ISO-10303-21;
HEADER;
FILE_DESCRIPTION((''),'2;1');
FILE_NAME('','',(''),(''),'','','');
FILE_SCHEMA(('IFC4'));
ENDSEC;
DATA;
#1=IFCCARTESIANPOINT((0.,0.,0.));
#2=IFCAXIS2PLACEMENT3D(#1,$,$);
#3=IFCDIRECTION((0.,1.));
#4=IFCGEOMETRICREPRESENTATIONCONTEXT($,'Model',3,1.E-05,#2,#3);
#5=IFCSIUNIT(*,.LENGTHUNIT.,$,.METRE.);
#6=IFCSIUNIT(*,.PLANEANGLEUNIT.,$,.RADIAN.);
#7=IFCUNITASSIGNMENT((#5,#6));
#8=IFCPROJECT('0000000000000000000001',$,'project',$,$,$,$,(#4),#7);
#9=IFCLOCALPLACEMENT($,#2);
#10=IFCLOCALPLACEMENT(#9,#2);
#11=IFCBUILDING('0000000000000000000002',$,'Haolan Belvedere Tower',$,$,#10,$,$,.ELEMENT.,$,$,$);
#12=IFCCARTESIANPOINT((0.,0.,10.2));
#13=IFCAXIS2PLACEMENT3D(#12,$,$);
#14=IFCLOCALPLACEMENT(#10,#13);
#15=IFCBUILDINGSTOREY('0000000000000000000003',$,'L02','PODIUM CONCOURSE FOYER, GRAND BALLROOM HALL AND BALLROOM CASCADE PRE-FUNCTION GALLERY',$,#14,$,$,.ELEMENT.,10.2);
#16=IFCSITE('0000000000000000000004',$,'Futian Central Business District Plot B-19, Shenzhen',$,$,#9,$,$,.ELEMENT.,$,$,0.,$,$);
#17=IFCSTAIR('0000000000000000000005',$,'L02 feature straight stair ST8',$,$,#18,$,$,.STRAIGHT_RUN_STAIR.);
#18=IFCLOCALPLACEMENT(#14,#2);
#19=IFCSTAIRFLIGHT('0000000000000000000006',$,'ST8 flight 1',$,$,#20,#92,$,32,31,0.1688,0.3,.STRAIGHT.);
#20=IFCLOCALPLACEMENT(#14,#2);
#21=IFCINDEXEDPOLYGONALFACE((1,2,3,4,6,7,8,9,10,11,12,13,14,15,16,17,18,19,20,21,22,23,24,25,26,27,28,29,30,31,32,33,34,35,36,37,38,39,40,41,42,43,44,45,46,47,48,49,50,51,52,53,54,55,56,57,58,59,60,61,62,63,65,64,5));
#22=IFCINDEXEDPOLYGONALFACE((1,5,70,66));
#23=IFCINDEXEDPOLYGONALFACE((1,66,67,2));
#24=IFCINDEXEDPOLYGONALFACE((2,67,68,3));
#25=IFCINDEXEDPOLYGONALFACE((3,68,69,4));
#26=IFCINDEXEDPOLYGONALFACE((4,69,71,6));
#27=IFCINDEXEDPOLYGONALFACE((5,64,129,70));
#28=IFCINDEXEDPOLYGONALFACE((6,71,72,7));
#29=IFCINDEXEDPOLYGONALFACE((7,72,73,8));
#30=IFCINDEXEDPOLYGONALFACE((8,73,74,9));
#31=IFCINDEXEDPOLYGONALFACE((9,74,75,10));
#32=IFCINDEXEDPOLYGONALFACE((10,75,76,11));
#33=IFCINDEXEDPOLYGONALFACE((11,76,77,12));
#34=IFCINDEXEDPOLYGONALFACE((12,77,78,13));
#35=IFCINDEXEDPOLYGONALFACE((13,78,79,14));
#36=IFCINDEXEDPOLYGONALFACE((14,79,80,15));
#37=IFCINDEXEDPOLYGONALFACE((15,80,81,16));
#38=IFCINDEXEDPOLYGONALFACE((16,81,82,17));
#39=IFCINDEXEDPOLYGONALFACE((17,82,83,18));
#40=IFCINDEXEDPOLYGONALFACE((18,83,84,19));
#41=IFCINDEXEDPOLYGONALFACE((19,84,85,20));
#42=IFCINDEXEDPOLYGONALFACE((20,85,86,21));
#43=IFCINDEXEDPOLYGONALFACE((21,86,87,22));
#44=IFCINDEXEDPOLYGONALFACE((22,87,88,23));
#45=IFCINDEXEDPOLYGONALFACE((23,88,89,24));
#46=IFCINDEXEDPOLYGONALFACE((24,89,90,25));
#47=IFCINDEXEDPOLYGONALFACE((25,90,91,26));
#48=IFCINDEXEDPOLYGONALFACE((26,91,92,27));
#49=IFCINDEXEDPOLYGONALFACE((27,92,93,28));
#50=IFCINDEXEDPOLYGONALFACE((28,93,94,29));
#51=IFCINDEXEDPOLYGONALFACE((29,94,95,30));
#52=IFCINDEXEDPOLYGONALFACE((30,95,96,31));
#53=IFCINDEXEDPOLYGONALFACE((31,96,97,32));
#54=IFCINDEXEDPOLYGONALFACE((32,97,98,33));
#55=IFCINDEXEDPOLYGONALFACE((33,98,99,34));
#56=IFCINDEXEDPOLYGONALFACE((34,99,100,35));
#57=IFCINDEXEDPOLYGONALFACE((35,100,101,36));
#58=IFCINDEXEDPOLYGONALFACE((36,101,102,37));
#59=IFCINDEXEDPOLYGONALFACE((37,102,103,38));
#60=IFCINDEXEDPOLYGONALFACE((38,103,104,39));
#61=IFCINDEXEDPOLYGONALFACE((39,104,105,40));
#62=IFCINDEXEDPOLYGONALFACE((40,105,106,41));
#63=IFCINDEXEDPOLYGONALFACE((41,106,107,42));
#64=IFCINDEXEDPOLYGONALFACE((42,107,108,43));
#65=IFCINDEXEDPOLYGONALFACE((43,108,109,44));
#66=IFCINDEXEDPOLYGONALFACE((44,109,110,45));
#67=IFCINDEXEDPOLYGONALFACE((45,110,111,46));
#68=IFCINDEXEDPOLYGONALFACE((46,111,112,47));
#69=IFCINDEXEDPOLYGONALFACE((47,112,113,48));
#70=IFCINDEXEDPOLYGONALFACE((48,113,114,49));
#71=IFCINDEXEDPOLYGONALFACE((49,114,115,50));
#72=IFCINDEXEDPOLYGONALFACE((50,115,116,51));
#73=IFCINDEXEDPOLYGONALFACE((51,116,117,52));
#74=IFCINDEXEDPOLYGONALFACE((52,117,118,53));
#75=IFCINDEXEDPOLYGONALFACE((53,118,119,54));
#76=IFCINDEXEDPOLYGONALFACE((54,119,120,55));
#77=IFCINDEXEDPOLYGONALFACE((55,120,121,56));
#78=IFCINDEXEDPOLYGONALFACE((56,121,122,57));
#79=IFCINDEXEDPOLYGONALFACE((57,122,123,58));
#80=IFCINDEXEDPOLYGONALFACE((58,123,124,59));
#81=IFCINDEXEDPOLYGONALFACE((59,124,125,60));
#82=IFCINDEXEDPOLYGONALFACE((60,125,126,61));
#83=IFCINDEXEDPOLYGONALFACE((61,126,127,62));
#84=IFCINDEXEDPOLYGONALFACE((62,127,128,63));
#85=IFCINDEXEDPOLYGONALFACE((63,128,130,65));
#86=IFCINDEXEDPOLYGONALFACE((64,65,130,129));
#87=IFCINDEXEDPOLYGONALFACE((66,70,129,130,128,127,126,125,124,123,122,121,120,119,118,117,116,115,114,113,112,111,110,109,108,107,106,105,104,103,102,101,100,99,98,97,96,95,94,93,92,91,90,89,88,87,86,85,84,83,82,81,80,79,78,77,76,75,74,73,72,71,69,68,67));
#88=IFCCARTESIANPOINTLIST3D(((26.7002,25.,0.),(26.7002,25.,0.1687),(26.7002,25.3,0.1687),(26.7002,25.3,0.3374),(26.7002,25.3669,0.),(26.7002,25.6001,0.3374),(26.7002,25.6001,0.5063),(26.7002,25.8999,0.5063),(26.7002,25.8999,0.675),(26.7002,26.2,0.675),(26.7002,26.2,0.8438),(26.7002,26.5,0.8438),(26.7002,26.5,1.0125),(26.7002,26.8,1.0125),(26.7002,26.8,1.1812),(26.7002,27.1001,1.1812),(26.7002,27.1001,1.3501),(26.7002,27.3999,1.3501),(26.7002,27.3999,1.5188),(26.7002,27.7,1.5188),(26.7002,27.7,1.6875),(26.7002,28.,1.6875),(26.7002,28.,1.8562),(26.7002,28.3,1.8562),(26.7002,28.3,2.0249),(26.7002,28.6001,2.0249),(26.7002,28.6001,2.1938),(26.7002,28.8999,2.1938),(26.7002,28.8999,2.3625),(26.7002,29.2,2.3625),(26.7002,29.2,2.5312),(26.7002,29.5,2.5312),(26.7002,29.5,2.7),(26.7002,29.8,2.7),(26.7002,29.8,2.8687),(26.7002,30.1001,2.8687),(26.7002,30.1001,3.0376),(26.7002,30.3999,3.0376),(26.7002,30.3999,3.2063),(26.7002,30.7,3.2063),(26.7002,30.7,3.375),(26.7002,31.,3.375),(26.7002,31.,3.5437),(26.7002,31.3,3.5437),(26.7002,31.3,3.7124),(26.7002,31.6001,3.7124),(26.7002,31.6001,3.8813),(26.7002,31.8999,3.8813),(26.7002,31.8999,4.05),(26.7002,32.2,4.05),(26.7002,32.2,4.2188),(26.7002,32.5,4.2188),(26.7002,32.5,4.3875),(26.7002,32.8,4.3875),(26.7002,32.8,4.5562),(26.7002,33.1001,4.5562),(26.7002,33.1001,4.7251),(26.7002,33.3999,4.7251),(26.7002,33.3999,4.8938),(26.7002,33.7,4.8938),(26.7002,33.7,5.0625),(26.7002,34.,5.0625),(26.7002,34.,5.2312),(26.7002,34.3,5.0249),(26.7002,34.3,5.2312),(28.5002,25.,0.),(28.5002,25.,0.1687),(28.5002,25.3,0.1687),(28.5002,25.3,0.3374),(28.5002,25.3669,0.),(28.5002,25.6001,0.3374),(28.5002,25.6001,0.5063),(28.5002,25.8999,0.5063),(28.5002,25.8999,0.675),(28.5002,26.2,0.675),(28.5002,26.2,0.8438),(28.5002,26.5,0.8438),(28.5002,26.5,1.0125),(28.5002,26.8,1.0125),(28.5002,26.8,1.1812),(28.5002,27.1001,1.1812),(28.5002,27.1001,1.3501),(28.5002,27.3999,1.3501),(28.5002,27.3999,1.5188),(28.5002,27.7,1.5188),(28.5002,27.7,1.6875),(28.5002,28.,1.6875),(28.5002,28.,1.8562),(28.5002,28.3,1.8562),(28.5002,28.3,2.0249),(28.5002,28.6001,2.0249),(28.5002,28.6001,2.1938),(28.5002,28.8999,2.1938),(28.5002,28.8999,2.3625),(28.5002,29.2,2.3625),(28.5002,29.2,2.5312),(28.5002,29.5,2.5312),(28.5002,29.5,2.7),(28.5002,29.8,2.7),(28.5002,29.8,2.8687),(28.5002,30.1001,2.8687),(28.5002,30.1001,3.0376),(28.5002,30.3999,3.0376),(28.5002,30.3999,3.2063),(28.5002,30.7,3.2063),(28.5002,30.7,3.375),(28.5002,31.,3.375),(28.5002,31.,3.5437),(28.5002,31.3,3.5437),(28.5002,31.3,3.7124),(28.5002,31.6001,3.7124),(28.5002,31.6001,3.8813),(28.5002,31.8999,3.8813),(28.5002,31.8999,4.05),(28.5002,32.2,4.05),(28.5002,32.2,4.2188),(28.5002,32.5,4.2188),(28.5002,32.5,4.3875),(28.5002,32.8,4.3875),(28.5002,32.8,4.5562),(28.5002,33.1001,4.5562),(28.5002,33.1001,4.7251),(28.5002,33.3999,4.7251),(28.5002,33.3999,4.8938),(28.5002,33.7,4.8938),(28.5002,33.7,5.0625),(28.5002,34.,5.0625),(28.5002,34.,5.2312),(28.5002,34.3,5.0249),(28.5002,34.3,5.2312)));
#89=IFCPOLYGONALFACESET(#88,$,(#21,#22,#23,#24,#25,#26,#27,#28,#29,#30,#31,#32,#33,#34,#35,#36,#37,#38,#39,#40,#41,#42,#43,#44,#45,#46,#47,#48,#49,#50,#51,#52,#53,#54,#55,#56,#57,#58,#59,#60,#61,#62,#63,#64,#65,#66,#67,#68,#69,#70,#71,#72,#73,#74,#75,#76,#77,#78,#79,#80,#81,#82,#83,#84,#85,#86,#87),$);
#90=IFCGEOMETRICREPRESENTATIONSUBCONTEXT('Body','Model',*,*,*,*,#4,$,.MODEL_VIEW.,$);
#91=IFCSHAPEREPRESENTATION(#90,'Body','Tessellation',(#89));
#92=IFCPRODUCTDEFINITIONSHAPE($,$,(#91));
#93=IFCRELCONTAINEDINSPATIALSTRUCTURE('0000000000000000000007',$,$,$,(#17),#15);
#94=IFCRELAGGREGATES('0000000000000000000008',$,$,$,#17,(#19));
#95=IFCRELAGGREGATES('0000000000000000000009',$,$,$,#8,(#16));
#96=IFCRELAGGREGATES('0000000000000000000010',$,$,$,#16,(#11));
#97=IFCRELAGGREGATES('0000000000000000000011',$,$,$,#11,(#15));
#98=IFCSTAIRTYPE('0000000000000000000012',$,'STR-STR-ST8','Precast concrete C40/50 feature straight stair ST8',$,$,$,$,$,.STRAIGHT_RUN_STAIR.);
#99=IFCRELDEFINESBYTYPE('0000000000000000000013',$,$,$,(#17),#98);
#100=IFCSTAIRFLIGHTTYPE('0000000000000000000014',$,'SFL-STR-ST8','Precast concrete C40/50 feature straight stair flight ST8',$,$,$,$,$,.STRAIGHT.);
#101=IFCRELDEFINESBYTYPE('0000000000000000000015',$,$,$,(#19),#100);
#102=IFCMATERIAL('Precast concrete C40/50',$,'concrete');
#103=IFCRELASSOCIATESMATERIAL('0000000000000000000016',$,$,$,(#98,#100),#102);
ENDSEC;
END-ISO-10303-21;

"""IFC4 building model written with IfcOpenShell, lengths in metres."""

from ifc_helpers import new_model, si_unit, direction, frame, origin, place, context, subcontext, project, spatial, polyline, outline, extrude, material, type_object, element, aggregate, save


model = new_model("IFC4")

# Units and contexts
model_context = context("Model", 3, precision=1e-05, world=origin(), true_north=direction((0.0, 1.0)))
body_context = subcontext(model_context, "Body", "Model", "MODEL_VIEW")
ifc_project = project(units=[si_unit("LENGTHUNIT", "METRE"), si_unit("PLANEANGLEUNIT", "RADIAN")], contexts=[model_context])

# Site, building, storey
site_placement = place(None, origin())
site = spatial("IfcSite", under=ifc_project, at=site_placement, Name="Futian Central Business District Plot B-19, Shenzhen", CompositionType="ELEMENT", RefElevation=0.0)
building_placement = place(site_placement, origin())
building = spatial("IfcBuilding", under=site, at=building_placement, Name="Haolan Belvedere Tower", CompositionType="ELEMENT")
storey_placement = place(building_placement, frame((0.0, 0.0, 10.2)))
storey = spatial("IfcBuildingStorey", under=building, at=storey_placement, Name="L02", Description="PODIUM CONCOURSE FOYER, GRAND BALLROOM HALL AND BALLROOM CASCADE PRE-FUNCTION GALLERY", CompositionType="ELEMENT", Elevation=10.2)

# Stair, stair flight
ifc_material_1 = material(Name="Precast concrete C40/50", Category="concrete")
stair_type = type_object("IfcStairType", Name="STR-STR-ST8", Description="Precast concrete C40/50 feature straight stair ST8", PredefinedType="STRAIGHT_RUN_STAIR", material=ifc_material_1)
stair_placement = place(storey_placement, origin())
stair = element("IfcStair", 1, at=stair_placement, inside=storey, type_object=stair_type, Name="L02 feature straight stair ST8", PredefinedType="STRAIGHT_RUN_STAIR")
stair_flight_type = type_object("IfcStairFlightType", Name="SFL-STR-ST8", Description="Precast concrete C40/50 feature straight stair flight ST8", PredefinedType="STRAIGHT", material=ifc_material_1)
stair_flight_placement = place(storey_placement, frame((27.6001, 25.0, 0.0), z_axis=(0.0, 0.0, 1.0), x_axis=(0.0, 1.0, 0.0)))
stair_flight = element("IfcStairFlight", 2, at=stair_flight_placement, type_object=stair_flight_type, Name="ST8 flight 1", NumberOfRisers=32, NumberOfTreads=31, PredefinedType="STRAIGHT", RiserHeight=0.1688, TreadLength=0.3, context=body_context, shape_type="SweptSolid", body=[
    extrude(outline(polyline([(0.0, 0.0), (0.0, 0.1687), (0.3, 0.1687), (0.3, 0.3374), (0.6001, 0.3374), (0.6001, 0.5063), (0.8999, 0.5063), (0.8999, 0.675), (1.2, 0.675), (1.2, 0.8438), (1.5, 0.8438), (1.5, 1.0125), (1.8, 1.0125), (1.8, 1.1812), (2.1001, 1.1812), (2.1001, 1.3501), (2.3999, 1.3501), (2.3999, 1.5188), (2.7, 1.5188), (2.7, 1.6875), (3.0, 1.6875), (3.0, 1.8562), (3.3, 1.8562), (3.3, 2.0249), (3.6001, 2.0249), (3.6001, 2.1938), (3.8999, 2.1938), (3.8999, 2.3625), (4.2, 2.3625), (4.2, 2.5312), (4.5, 2.5312), (4.5, 2.7), (4.8, 2.7), (4.8, 2.8687), (5.1001, 2.8687), (5.1001, 3.0376), (5.3999, 3.0376), (5.3999, 3.2063), (5.7, 3.2063), (5.7, 3.375), (6.0, 3.375), (6.0, 3.5437), (6.3, 3.5437), (6.3, 3.7124), (6.6001, 3.7124), (6.6001, 3.8813), (6.8999, 3.8813), (6.8999, 4.05), (7.2, 4.05), (7.2, 4.2188), (7.5, 4.2188), (7.5, 4.3875), (7.8, 4.3875), (7.8, 4.5562), (8.1001, 4.5562), (8.1001, 4.7251), (8.3999, 4.7251), (8.3999, 4.8938), (8.7, 4.8938), (8.7, 5.0625), (9.0, 5.0625), (9.0, 5.2312), (9.3, 5.2312), (9.3, 5.3999), (9.3, 5.0249), (0.3669, 0.0), (0.0, 0.0)])), frame((0.0, 0.8999, 0.0), z_axis=(0.0, -1.0, 0.0), x_axis=(1.0, 0.0, 0.0)), (0.0, 0.0, 1.0), 1.8),
])
aggregate(stair, [stair_flight])

save(model, "model.ifc")
